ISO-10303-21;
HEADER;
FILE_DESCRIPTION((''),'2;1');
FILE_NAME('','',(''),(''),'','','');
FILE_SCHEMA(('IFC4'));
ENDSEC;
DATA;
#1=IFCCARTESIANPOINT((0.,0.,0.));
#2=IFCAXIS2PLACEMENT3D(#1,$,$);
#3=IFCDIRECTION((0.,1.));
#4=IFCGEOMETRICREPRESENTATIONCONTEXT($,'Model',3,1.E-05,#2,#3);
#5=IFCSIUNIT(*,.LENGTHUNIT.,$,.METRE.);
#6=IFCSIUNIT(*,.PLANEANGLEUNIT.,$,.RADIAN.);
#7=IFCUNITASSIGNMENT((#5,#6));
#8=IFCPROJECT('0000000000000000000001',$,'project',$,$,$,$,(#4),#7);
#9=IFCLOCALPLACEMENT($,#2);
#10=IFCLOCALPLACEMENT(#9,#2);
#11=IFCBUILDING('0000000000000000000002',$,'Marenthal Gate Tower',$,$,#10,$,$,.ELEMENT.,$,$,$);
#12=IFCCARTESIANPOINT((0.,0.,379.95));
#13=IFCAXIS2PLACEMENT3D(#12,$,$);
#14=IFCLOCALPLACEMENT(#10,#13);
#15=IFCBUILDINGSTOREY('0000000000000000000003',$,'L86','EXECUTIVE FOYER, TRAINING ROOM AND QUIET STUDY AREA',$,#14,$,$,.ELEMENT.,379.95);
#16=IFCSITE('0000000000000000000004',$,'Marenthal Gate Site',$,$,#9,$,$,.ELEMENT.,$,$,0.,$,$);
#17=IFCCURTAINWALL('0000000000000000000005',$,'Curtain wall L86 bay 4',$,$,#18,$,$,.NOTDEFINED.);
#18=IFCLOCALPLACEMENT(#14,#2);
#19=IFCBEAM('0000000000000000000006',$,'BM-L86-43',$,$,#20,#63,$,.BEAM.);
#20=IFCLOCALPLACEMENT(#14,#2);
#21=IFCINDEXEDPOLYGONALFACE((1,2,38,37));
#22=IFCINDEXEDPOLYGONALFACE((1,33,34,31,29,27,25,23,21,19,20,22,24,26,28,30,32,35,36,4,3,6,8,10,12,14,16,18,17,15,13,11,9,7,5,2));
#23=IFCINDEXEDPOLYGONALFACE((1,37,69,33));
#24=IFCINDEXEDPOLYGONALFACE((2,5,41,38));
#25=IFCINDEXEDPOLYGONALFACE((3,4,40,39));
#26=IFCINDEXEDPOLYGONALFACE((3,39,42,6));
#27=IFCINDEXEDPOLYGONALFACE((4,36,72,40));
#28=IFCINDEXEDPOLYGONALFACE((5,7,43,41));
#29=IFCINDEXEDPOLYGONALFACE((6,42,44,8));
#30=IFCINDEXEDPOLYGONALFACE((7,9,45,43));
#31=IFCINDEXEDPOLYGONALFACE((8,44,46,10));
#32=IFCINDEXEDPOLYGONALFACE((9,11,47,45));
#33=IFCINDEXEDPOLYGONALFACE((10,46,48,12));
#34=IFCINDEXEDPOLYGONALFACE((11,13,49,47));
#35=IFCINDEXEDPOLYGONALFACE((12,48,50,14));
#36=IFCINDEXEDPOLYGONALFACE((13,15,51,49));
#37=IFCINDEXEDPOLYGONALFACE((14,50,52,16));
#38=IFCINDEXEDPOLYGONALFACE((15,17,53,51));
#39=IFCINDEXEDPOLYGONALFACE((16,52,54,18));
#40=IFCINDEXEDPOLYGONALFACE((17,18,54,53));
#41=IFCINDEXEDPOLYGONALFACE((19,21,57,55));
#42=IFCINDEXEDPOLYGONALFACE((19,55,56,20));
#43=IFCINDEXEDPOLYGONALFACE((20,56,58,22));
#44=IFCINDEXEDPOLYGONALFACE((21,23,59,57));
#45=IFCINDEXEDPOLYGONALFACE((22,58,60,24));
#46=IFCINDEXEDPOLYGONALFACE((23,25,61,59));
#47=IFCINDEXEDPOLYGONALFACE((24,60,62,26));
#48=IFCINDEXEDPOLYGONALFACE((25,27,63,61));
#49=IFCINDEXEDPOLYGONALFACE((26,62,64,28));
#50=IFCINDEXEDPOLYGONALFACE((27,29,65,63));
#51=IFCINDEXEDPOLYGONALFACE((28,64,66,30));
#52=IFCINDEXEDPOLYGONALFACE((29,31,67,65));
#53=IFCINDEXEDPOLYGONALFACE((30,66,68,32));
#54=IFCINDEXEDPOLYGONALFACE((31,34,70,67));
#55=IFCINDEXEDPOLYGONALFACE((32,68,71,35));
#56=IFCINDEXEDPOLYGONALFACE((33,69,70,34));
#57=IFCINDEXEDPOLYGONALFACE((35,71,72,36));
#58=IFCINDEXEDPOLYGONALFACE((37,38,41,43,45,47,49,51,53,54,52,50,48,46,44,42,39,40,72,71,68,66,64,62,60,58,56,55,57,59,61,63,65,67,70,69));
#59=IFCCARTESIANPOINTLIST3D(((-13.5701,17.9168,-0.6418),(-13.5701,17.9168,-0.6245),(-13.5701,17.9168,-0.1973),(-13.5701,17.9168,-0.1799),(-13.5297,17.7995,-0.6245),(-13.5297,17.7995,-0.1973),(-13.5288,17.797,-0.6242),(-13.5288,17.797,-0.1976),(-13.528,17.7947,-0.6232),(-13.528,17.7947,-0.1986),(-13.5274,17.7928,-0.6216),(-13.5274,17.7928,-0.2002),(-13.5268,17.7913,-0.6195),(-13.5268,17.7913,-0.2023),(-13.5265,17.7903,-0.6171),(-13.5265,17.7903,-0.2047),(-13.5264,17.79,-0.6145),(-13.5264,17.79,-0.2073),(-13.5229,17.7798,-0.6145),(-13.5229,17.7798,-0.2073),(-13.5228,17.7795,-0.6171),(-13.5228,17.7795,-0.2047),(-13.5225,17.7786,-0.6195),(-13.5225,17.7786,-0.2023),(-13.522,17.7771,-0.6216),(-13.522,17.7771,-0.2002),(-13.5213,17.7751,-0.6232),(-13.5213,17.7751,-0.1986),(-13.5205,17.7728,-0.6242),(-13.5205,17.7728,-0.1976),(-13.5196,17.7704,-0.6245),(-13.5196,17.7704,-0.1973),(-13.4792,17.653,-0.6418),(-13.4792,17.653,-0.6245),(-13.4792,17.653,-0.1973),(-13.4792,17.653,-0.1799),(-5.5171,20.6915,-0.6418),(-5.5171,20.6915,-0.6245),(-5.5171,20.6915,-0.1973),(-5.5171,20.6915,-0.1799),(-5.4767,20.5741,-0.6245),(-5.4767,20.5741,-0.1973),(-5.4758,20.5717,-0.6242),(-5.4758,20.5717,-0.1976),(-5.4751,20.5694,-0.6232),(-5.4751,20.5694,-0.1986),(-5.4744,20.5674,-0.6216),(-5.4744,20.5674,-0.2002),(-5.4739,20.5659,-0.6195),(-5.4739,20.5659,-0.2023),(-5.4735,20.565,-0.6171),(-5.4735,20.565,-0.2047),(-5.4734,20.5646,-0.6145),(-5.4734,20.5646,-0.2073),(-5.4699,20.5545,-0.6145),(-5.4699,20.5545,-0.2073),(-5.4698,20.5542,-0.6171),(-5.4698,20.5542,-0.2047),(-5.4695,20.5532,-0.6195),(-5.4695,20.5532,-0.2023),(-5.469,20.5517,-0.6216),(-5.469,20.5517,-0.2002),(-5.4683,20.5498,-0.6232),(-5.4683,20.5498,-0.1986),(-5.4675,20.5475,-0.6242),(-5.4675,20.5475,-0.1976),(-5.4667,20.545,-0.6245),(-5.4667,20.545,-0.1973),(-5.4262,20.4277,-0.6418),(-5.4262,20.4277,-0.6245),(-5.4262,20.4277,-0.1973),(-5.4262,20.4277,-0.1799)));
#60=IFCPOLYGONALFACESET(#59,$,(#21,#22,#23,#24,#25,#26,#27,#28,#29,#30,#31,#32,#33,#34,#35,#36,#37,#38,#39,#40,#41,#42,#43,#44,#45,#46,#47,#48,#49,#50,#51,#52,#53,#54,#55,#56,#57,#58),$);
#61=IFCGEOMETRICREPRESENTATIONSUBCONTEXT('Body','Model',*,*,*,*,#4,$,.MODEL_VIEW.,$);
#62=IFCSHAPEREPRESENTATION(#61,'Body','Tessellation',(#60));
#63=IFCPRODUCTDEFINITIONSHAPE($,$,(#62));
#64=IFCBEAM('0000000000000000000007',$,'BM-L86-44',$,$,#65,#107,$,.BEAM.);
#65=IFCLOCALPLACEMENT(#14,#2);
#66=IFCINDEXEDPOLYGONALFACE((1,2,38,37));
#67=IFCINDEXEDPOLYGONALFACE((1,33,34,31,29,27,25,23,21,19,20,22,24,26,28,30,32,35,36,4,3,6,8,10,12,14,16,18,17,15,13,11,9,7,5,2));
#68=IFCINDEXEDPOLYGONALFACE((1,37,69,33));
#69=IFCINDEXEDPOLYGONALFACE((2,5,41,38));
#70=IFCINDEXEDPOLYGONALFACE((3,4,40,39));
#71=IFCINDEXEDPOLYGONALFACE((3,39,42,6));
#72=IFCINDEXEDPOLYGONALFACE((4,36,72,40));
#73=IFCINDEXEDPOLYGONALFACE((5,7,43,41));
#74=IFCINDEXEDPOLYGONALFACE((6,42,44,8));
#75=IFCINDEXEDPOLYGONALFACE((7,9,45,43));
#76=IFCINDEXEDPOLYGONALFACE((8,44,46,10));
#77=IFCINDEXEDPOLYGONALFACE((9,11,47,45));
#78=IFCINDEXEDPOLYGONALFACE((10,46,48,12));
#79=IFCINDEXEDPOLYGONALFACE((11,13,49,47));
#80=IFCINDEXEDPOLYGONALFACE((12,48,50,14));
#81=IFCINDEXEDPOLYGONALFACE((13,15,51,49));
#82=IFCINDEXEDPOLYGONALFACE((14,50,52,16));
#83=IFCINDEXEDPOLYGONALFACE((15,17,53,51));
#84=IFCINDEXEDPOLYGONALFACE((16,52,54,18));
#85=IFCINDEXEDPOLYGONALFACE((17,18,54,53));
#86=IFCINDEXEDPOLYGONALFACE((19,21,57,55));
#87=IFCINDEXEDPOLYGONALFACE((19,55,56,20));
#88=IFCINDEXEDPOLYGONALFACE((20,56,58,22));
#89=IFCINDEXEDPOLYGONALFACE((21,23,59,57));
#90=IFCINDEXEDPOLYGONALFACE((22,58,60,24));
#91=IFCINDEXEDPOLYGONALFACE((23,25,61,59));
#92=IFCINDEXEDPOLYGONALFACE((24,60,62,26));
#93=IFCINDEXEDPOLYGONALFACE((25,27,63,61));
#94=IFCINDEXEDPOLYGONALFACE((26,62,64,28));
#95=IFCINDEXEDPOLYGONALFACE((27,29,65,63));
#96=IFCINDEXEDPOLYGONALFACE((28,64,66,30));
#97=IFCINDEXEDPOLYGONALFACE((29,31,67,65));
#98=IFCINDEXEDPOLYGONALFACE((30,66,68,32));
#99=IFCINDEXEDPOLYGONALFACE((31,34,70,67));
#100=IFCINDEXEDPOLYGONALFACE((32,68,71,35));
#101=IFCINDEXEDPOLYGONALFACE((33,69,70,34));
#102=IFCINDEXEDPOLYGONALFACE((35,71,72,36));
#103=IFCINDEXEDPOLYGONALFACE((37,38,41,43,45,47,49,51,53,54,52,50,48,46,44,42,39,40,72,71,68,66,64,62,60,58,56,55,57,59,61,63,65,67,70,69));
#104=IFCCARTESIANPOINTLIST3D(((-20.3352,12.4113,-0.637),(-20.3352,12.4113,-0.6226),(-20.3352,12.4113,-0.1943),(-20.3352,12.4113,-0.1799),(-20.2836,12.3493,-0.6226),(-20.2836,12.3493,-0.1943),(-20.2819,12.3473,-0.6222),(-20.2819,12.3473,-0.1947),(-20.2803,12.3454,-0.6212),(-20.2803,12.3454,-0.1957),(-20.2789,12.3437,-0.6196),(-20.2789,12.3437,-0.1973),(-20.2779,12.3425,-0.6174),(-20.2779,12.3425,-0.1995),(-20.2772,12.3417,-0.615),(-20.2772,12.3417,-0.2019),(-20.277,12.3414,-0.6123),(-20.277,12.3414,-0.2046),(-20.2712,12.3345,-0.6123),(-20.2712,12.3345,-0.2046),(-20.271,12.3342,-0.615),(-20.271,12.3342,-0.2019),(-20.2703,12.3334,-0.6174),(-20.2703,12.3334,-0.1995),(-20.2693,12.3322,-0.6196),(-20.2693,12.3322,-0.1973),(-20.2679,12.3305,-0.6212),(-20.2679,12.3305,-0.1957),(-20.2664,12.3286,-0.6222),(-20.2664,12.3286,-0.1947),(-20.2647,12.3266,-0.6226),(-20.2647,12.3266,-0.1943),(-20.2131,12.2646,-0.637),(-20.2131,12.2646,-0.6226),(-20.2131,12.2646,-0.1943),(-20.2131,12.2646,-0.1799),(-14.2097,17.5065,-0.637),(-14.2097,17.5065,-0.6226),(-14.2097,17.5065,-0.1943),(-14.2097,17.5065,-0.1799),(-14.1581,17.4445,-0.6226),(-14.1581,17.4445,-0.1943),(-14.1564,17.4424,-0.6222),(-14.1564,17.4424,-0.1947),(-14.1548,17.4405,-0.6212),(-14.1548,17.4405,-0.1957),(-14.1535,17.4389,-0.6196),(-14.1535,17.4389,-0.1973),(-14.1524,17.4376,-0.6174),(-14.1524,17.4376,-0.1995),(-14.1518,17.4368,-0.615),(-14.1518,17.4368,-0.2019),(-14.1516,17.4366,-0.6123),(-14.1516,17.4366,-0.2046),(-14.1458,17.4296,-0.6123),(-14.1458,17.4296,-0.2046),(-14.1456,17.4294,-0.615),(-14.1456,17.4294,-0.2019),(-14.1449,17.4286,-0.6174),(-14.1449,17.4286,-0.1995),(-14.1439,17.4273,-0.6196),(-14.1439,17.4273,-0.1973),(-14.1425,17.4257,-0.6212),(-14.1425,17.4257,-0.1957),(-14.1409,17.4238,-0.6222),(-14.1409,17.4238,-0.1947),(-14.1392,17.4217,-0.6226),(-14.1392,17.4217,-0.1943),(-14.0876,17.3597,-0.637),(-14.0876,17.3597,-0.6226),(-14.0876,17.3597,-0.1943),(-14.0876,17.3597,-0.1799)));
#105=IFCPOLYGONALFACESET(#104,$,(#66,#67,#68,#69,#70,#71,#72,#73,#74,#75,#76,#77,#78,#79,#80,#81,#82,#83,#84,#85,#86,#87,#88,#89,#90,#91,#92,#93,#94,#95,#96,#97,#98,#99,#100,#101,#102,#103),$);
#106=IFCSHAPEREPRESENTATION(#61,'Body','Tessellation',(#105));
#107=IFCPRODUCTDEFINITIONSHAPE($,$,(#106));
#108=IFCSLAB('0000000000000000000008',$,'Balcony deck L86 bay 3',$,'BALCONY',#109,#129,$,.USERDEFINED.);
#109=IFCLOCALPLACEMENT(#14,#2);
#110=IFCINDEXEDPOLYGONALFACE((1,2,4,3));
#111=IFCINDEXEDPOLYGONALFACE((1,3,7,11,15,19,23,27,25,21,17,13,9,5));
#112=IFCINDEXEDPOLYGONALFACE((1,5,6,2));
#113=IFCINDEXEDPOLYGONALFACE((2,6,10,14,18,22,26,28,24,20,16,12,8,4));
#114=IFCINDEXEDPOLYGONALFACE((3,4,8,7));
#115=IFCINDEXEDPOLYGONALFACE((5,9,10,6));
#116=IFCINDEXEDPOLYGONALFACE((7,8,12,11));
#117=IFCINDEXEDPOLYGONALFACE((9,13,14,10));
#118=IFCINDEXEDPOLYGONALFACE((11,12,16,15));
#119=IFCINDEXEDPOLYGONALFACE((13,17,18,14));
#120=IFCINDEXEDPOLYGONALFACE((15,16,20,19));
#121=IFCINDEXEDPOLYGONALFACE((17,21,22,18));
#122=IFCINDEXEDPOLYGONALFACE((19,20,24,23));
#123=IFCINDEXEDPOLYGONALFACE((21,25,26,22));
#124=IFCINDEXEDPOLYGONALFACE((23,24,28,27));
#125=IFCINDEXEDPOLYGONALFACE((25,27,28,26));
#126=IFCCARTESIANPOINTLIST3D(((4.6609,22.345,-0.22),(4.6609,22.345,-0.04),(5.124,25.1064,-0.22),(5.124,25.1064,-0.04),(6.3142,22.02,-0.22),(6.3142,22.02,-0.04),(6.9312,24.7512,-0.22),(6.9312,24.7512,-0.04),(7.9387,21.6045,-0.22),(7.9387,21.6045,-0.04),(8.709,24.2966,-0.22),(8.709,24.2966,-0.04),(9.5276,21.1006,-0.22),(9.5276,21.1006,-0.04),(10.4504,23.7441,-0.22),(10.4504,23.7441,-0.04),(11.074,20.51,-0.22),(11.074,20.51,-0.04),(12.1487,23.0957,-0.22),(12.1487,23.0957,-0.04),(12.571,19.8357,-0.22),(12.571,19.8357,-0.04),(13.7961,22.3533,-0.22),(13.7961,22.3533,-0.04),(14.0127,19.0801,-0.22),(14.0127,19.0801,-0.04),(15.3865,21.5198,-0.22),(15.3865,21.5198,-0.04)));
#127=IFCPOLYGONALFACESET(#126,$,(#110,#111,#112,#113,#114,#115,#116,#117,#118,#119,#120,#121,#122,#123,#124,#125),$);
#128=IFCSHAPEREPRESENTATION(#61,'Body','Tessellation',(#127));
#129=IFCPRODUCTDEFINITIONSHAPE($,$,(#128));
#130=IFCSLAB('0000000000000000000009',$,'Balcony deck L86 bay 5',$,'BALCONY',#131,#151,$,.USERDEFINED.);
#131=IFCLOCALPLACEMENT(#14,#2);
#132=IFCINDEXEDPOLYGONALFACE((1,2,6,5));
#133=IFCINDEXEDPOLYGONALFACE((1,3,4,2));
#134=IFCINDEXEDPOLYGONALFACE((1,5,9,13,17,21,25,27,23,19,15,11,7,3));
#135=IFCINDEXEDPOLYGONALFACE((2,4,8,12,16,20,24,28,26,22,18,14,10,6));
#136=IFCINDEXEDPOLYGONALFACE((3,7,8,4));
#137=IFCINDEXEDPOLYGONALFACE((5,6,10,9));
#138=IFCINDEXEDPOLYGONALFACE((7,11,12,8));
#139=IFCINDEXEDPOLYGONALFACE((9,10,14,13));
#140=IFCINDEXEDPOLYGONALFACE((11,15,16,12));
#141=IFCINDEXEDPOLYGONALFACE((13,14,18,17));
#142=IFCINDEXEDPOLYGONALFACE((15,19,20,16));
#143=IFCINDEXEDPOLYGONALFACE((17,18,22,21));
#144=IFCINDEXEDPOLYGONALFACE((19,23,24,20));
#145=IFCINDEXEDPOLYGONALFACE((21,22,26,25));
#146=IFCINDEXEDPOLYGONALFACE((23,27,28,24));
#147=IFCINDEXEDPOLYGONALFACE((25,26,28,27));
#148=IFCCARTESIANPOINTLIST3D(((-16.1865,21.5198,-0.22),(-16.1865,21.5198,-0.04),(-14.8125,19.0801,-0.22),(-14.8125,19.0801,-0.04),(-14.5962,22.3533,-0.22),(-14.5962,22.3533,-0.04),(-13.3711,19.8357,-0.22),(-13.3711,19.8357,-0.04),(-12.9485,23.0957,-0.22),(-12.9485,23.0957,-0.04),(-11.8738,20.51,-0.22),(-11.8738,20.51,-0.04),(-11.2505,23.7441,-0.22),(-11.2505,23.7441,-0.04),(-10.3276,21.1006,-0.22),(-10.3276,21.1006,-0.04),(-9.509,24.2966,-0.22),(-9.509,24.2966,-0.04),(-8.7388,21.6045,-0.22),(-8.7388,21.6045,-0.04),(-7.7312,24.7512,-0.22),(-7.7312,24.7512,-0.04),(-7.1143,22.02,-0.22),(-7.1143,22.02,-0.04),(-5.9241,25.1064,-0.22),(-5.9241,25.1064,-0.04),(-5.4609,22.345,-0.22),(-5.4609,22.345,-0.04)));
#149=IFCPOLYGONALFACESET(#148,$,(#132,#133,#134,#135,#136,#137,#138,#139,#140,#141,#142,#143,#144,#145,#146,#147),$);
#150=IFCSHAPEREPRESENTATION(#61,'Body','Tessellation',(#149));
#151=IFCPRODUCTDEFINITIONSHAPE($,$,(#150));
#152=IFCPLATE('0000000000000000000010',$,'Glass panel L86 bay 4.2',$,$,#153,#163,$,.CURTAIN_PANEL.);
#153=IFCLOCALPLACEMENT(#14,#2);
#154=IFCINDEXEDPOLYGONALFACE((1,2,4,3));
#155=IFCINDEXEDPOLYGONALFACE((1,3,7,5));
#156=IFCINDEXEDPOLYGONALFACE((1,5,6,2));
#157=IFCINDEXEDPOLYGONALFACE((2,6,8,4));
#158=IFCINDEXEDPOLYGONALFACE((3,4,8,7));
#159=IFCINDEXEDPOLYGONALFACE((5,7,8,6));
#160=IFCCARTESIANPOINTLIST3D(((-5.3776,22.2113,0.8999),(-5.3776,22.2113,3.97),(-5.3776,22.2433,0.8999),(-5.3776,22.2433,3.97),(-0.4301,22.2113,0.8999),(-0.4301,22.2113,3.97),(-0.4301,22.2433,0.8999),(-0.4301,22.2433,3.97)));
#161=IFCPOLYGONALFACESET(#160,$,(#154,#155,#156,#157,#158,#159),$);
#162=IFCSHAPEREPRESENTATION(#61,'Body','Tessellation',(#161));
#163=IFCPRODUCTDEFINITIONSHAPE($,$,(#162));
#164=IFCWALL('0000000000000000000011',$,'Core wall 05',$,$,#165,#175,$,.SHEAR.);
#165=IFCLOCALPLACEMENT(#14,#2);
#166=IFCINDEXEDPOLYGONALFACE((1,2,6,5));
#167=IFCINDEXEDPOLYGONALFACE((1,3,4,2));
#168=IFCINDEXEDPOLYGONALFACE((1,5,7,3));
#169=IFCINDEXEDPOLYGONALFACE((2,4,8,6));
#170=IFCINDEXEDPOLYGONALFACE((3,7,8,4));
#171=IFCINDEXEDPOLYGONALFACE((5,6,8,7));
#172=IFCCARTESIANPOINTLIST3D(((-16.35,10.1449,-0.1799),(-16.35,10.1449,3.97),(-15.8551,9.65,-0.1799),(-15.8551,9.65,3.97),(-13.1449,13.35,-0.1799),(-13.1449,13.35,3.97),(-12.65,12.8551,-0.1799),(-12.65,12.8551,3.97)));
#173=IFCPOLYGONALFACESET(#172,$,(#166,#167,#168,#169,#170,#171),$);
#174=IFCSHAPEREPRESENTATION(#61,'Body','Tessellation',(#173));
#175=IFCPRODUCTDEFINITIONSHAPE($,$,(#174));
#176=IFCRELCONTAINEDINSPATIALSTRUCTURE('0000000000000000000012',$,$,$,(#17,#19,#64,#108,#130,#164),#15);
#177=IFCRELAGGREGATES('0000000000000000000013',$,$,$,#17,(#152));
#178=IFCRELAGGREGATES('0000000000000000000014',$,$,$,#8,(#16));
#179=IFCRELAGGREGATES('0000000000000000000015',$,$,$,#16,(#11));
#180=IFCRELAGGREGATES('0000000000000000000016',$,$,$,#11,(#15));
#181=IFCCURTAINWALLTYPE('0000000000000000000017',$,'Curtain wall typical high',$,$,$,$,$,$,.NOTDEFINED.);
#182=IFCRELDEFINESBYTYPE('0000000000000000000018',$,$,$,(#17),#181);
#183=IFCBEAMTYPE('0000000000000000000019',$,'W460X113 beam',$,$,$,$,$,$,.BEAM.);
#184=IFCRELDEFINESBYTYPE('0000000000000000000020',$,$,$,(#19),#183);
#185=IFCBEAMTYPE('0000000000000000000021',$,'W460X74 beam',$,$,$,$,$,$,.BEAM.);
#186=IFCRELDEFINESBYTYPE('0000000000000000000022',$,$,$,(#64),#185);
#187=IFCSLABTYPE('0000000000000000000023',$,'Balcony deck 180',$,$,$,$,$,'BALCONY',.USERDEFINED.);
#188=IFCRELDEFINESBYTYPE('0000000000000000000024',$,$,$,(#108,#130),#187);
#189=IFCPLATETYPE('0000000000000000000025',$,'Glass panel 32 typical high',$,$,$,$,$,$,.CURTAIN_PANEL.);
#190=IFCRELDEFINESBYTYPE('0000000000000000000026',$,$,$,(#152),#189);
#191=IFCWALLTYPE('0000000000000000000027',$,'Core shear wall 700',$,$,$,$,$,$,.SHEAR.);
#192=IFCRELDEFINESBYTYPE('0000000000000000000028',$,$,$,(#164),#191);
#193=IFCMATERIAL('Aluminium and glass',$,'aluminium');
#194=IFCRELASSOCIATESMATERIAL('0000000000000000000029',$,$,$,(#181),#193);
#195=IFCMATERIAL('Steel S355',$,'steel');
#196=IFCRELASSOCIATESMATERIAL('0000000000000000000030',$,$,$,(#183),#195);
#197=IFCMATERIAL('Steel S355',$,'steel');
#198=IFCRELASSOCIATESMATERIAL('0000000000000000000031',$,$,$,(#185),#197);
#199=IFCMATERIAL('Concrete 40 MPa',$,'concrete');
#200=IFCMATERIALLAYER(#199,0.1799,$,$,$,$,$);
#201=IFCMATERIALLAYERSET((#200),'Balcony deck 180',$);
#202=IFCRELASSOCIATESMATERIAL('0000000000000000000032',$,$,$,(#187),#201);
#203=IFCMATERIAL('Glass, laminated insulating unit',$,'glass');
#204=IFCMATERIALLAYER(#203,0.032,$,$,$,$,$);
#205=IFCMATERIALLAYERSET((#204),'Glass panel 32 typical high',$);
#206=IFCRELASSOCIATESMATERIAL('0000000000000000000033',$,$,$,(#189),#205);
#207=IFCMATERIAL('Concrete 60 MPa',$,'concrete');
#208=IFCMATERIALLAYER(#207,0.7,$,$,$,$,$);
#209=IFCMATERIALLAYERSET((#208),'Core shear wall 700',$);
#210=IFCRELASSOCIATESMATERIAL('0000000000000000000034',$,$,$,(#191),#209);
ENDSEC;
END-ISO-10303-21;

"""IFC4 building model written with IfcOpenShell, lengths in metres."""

from ifc_helpers import new_model, si_unit, direction, frame, frame_2d, origin, origin_2d, place, context, subcontext, project, spatial, polyline, rectangle, i_section, outline, extrude, material, layer, layer_set, material_profile, profile_set, type_object, element, aggregate, save


model = new_model("IFC4")

# Units and contexts
model_context = context("Model", 3, precision=1e-05, world=origin(), true_north=direction((0.0, 1.0)))
body_context = subcontext(model_context, "Body", "Model", "MODEL_VIEW")
ifc_project = project(units=[si_unit("LENGTHUNIT", "METRE"), si_unit("PLANEANGLEUNIT", "RADIAN")], contexts=[model_context])

# Site, building, storey
site_placement = place(None, origin())
site = spatial("IfcSite", under=ifc_project, at=site_placement, Name="Marenthal Gate Site", CompositionType="ELEMENT", RefElevation=0.0)
building_placement = place(site_placement, origin())
building = spatial("IfcBuilding", under=site, at=building_placement, Name="Marenthal Gate Tower", CompositionType="ELEMENT")
storey_placement = place(building_placement, frame((0.0, 0.0, 379.95)))
storey = spatial("IfcBuildingStorey", under=building, at=storey_placement, Name="L86", Description="EXECUTIVE FOYER, TRAINING ROOM AND QUIET STUDY AREA", CompositionType="ELEMENT", Elevation=379.95)

# Curtain wall
ifc_material_1 = material(Name="Aluminium and glass", Category="aluminium")
curtain_wall_type = type_object("IfcCurtainWallType", Name="Curtain wall typical high", PredefinedType="NOTDEFINED", material=ifc_material_1)
curtain_wall_placement = place(storey_placement, origin())
curtain_wall = element("IfcCurtainWall", 1, at=curtain_wall_placement, inside=storey, type_object=curtain_wall_type, Name="Curtain wall L86 bay 4", PredefinedType="NOTDEFINED")

# Beams
ifc_material_2 = material(Name="Steel S355", Category="steel")
ifc_material_profile_1 = material_profile(ifc_material_2, i_section(OverallWidth=0.2791, OverallDepth=0.4619, WebThickness=0.0107, FlangeThickness=0.0173, FilletRadius=0.01, at=origin_2d()), Name="W460X113")
ifc_profile_set_1 = profile_set([ifc_material_profile_1], Name="Steel S355")
beam_type_1 = type_object("IfcBeamType", Name="W460X113 beam", PredefinedType="BEAM", material=ifc_profile_set_1)
beam_1_placement = place(storey_placement, frame((-5.4717, 20.5596, -0.4109), z_axis=(-0.945454, -0.325757, 0.0), x_axis=(0.325757, -0.945454, 0.0)))
element("IfcBeam", 2, at=beam_1_placement, inside=storey, type_object=beam_type_1, Name="BM-L86-43", PredefinedType="BEAM", context=body_context, shape_type="SweptSolid", body=[
    extrude(i_section(OverallWidth=0.2791, OverallDepth=0.4619, WebThickness=0.0107, FlangeThickness=0.0173, FilletRadius=0.01, at=origin_2d()), origin(), (0.0, 0.0, 1.0), 8.5176),
])
ifc_material_3 = material(Name="Steel S355", Category="steel")
ifc_material_profile_2 = material_profile(ifc_material_3, i_section(OverallWidth=0.1909, OverallDepth=0.457, WebThickness=0.009, FlangeThickness=0.0144, FilletRadius=0.0103, at=origin_2d()), Name="W460X74")
ifc_profile_set_2 = profile_set([ifc_material_profile_2], Name="Steel S355")
beam_type_2 = type_object("IfcBeamType", Name="W460X74 beam", PredefinedType="BEAM", material=ifc_profile_set_2)
beam_2_placement = place(storey_placement, frame((-14.1487, 17.4331, -0.4084), z_axis=(-0.768799, -0.639491, 0.0), x_axis=(0.639491, -0.768799, 0.0)))
element("IfcBeam", 3, at=beam_2_placement, inside=storey, type_object=beam_type_2, Name="BM-L86-44", PredefinedType="BEAM", context=body_context, shape_type="SweptSolid", body=[
    extrude(i_section(OverallWidth=0.1909, OverallDepth=0.457, WebThickness=0.009, FlangeThickness=0.0144, FilletRadius=0.0103, at=origin_2d()), origin(), (0.0, 0.0, 1.0), 7.9675),
])

# Slabs
ifc_material_4 = material(Name="Concrete 40 MPa", Category="concrete")
ifc_layer_1 = layer(ifc_material_4, 0.1799)
ifc_layer_set_1 = layer_set([ifc_layer_1], Name="Balcony deck 180")
slab_type = type_object("IfcSlabType", Name="Balcony deck 180", ElementType="BALCONY", PredefinedType="USERDEFINED", material=ifc_layer_set_1)
slab_1_placement = place(storey_placement, frame((0.0, 0.0, -0.22)))
element("IfcSlab", 4, at=slab_1_placement, inside=storey, type_object=slab_type, Name="Balcony deck L86 bay 3", ObjectType="BALCONY", PredefinedType="USERDEFINED", context=body_context, shape_type="SweptSolid", body=[
    extrude(outline(polyline([(14.0127, 19.0801), (12.571, 19.8357), (11.074, 20.51), (9.5276, 21.1006), (7.9387, 21.6045), (6.3142, 22.02), (4.6609, 22.345), (5.124, 25.1064), (6.9312, 24.7512), (8.709, 24.2966), (10.4504, 23.7441), (12.1487, 23.0957), (13.7961, 22.3533), (15.3865, 21.5198), (14.0127, 19.0801)])), origin(), (0.0, 0.0, 1.0), 0.1799),
])
slab_2_placement = place(storey_placement, frame((0.0, 0.0, -0.22)))
element("IfcSlab", 5, at=slab_2_placement, inside=storey, type_object=slab_type, Name="Balcony deck L86 bay 5", ObjectType="BALCONY", PredefinedType="USERDEFINED", context=body_context, shape_type="SweptSolid", body=[
    extrude(outline(polyline([(-5.4609, 22.345), (-7.1143, 22.02), (-8.7388, 21.6045), (-10.3276, 21.1006), (-11.8738, 20.51), (-13.3711, 19.8357), (-14.8125, 19.0801), (-16.1865, 21.5198), (-14.5962, 22.3533), (-12.9485, 23.0957), (-11.2505, 23.7441), (-9.509, 24.2966), (-7.7312, 24.7512), (-5.9241, 25.1064), (-5.4609, 22.345)])), origin(), (0.0, 0.0, 1.0), 0.1799),
])

# Plate
ifc_material_5 = material(Name="Glass, laminated insulating unit", Category="glass")
ifc_layer_2 = layer(ifc_material_5, 0.032)
ifc_layer_set_2 = layer_set([ifc_layer_2], Name="Glass panel 32 typical high")
plate_type = type_object("IfcPlateType", Name="Glass panel 32 typical high", PredefinedType="CURTAIN_PANEL", material=ifc_layer_set_2)
plate_placement = place(storey_placement, frame((-2.9038, 22.2273, 0.8999), z_axis=(0.0, 0.0, 1.0), x_axis=(-1.0, 0.0, 0.0)))
plate = element("IfcPlate", 6, at=plate_placement, type_object=plate_type, Name="Glass panel L86 bay 4.2", PredefinedType="CURTAIN_PANEL", context=body_context, shape_type="SweptSolid", body=[
    extrude(rectangle(XDim=4.9475, YDim=0.032, at=origin_2d()), origin(), (0.0, 0.0, 1.0), 3.0701),
])
aggregate(curtain_wall, [plate])

# Wall
ifc_material_6 = material(Name="Concrete 60 MPa", Category="concrete")
ifc_layer_3 = layer(ifc_material_6, 0.7)
ifc_layer_set_3 = layer_set([ifc_layer_3], Name="Core shear wall 700")
wall_type_1 = type_object("IfcWallType", Name="Core shear wall 700", PredefinedType="SHEAR", material=ifc_layer_set_3)
wall_1_placement = place(storey_placement, frame((-12.8975, 13.1025, -0.1799), z_axis=(0.0, 0.0, 1.0), x_axis=(-0.707107, -0.707107, 0.0)))
element("IfcWall", 7, at=wall_1_placement, inside=storey, type_object=wall_type_1, Name="Core wall 05", PredefinedType="SHEAR", context=body_context, shape_type="SweptSolid", body=[
    extrude(rectangle(XDim=4.5327, YDim=0.7, at=frame_2d((2.2664, 0.0))), origin(), (0.0, 0.0, 1.0), 4.1499),
])

save(model, "model.ifc")
